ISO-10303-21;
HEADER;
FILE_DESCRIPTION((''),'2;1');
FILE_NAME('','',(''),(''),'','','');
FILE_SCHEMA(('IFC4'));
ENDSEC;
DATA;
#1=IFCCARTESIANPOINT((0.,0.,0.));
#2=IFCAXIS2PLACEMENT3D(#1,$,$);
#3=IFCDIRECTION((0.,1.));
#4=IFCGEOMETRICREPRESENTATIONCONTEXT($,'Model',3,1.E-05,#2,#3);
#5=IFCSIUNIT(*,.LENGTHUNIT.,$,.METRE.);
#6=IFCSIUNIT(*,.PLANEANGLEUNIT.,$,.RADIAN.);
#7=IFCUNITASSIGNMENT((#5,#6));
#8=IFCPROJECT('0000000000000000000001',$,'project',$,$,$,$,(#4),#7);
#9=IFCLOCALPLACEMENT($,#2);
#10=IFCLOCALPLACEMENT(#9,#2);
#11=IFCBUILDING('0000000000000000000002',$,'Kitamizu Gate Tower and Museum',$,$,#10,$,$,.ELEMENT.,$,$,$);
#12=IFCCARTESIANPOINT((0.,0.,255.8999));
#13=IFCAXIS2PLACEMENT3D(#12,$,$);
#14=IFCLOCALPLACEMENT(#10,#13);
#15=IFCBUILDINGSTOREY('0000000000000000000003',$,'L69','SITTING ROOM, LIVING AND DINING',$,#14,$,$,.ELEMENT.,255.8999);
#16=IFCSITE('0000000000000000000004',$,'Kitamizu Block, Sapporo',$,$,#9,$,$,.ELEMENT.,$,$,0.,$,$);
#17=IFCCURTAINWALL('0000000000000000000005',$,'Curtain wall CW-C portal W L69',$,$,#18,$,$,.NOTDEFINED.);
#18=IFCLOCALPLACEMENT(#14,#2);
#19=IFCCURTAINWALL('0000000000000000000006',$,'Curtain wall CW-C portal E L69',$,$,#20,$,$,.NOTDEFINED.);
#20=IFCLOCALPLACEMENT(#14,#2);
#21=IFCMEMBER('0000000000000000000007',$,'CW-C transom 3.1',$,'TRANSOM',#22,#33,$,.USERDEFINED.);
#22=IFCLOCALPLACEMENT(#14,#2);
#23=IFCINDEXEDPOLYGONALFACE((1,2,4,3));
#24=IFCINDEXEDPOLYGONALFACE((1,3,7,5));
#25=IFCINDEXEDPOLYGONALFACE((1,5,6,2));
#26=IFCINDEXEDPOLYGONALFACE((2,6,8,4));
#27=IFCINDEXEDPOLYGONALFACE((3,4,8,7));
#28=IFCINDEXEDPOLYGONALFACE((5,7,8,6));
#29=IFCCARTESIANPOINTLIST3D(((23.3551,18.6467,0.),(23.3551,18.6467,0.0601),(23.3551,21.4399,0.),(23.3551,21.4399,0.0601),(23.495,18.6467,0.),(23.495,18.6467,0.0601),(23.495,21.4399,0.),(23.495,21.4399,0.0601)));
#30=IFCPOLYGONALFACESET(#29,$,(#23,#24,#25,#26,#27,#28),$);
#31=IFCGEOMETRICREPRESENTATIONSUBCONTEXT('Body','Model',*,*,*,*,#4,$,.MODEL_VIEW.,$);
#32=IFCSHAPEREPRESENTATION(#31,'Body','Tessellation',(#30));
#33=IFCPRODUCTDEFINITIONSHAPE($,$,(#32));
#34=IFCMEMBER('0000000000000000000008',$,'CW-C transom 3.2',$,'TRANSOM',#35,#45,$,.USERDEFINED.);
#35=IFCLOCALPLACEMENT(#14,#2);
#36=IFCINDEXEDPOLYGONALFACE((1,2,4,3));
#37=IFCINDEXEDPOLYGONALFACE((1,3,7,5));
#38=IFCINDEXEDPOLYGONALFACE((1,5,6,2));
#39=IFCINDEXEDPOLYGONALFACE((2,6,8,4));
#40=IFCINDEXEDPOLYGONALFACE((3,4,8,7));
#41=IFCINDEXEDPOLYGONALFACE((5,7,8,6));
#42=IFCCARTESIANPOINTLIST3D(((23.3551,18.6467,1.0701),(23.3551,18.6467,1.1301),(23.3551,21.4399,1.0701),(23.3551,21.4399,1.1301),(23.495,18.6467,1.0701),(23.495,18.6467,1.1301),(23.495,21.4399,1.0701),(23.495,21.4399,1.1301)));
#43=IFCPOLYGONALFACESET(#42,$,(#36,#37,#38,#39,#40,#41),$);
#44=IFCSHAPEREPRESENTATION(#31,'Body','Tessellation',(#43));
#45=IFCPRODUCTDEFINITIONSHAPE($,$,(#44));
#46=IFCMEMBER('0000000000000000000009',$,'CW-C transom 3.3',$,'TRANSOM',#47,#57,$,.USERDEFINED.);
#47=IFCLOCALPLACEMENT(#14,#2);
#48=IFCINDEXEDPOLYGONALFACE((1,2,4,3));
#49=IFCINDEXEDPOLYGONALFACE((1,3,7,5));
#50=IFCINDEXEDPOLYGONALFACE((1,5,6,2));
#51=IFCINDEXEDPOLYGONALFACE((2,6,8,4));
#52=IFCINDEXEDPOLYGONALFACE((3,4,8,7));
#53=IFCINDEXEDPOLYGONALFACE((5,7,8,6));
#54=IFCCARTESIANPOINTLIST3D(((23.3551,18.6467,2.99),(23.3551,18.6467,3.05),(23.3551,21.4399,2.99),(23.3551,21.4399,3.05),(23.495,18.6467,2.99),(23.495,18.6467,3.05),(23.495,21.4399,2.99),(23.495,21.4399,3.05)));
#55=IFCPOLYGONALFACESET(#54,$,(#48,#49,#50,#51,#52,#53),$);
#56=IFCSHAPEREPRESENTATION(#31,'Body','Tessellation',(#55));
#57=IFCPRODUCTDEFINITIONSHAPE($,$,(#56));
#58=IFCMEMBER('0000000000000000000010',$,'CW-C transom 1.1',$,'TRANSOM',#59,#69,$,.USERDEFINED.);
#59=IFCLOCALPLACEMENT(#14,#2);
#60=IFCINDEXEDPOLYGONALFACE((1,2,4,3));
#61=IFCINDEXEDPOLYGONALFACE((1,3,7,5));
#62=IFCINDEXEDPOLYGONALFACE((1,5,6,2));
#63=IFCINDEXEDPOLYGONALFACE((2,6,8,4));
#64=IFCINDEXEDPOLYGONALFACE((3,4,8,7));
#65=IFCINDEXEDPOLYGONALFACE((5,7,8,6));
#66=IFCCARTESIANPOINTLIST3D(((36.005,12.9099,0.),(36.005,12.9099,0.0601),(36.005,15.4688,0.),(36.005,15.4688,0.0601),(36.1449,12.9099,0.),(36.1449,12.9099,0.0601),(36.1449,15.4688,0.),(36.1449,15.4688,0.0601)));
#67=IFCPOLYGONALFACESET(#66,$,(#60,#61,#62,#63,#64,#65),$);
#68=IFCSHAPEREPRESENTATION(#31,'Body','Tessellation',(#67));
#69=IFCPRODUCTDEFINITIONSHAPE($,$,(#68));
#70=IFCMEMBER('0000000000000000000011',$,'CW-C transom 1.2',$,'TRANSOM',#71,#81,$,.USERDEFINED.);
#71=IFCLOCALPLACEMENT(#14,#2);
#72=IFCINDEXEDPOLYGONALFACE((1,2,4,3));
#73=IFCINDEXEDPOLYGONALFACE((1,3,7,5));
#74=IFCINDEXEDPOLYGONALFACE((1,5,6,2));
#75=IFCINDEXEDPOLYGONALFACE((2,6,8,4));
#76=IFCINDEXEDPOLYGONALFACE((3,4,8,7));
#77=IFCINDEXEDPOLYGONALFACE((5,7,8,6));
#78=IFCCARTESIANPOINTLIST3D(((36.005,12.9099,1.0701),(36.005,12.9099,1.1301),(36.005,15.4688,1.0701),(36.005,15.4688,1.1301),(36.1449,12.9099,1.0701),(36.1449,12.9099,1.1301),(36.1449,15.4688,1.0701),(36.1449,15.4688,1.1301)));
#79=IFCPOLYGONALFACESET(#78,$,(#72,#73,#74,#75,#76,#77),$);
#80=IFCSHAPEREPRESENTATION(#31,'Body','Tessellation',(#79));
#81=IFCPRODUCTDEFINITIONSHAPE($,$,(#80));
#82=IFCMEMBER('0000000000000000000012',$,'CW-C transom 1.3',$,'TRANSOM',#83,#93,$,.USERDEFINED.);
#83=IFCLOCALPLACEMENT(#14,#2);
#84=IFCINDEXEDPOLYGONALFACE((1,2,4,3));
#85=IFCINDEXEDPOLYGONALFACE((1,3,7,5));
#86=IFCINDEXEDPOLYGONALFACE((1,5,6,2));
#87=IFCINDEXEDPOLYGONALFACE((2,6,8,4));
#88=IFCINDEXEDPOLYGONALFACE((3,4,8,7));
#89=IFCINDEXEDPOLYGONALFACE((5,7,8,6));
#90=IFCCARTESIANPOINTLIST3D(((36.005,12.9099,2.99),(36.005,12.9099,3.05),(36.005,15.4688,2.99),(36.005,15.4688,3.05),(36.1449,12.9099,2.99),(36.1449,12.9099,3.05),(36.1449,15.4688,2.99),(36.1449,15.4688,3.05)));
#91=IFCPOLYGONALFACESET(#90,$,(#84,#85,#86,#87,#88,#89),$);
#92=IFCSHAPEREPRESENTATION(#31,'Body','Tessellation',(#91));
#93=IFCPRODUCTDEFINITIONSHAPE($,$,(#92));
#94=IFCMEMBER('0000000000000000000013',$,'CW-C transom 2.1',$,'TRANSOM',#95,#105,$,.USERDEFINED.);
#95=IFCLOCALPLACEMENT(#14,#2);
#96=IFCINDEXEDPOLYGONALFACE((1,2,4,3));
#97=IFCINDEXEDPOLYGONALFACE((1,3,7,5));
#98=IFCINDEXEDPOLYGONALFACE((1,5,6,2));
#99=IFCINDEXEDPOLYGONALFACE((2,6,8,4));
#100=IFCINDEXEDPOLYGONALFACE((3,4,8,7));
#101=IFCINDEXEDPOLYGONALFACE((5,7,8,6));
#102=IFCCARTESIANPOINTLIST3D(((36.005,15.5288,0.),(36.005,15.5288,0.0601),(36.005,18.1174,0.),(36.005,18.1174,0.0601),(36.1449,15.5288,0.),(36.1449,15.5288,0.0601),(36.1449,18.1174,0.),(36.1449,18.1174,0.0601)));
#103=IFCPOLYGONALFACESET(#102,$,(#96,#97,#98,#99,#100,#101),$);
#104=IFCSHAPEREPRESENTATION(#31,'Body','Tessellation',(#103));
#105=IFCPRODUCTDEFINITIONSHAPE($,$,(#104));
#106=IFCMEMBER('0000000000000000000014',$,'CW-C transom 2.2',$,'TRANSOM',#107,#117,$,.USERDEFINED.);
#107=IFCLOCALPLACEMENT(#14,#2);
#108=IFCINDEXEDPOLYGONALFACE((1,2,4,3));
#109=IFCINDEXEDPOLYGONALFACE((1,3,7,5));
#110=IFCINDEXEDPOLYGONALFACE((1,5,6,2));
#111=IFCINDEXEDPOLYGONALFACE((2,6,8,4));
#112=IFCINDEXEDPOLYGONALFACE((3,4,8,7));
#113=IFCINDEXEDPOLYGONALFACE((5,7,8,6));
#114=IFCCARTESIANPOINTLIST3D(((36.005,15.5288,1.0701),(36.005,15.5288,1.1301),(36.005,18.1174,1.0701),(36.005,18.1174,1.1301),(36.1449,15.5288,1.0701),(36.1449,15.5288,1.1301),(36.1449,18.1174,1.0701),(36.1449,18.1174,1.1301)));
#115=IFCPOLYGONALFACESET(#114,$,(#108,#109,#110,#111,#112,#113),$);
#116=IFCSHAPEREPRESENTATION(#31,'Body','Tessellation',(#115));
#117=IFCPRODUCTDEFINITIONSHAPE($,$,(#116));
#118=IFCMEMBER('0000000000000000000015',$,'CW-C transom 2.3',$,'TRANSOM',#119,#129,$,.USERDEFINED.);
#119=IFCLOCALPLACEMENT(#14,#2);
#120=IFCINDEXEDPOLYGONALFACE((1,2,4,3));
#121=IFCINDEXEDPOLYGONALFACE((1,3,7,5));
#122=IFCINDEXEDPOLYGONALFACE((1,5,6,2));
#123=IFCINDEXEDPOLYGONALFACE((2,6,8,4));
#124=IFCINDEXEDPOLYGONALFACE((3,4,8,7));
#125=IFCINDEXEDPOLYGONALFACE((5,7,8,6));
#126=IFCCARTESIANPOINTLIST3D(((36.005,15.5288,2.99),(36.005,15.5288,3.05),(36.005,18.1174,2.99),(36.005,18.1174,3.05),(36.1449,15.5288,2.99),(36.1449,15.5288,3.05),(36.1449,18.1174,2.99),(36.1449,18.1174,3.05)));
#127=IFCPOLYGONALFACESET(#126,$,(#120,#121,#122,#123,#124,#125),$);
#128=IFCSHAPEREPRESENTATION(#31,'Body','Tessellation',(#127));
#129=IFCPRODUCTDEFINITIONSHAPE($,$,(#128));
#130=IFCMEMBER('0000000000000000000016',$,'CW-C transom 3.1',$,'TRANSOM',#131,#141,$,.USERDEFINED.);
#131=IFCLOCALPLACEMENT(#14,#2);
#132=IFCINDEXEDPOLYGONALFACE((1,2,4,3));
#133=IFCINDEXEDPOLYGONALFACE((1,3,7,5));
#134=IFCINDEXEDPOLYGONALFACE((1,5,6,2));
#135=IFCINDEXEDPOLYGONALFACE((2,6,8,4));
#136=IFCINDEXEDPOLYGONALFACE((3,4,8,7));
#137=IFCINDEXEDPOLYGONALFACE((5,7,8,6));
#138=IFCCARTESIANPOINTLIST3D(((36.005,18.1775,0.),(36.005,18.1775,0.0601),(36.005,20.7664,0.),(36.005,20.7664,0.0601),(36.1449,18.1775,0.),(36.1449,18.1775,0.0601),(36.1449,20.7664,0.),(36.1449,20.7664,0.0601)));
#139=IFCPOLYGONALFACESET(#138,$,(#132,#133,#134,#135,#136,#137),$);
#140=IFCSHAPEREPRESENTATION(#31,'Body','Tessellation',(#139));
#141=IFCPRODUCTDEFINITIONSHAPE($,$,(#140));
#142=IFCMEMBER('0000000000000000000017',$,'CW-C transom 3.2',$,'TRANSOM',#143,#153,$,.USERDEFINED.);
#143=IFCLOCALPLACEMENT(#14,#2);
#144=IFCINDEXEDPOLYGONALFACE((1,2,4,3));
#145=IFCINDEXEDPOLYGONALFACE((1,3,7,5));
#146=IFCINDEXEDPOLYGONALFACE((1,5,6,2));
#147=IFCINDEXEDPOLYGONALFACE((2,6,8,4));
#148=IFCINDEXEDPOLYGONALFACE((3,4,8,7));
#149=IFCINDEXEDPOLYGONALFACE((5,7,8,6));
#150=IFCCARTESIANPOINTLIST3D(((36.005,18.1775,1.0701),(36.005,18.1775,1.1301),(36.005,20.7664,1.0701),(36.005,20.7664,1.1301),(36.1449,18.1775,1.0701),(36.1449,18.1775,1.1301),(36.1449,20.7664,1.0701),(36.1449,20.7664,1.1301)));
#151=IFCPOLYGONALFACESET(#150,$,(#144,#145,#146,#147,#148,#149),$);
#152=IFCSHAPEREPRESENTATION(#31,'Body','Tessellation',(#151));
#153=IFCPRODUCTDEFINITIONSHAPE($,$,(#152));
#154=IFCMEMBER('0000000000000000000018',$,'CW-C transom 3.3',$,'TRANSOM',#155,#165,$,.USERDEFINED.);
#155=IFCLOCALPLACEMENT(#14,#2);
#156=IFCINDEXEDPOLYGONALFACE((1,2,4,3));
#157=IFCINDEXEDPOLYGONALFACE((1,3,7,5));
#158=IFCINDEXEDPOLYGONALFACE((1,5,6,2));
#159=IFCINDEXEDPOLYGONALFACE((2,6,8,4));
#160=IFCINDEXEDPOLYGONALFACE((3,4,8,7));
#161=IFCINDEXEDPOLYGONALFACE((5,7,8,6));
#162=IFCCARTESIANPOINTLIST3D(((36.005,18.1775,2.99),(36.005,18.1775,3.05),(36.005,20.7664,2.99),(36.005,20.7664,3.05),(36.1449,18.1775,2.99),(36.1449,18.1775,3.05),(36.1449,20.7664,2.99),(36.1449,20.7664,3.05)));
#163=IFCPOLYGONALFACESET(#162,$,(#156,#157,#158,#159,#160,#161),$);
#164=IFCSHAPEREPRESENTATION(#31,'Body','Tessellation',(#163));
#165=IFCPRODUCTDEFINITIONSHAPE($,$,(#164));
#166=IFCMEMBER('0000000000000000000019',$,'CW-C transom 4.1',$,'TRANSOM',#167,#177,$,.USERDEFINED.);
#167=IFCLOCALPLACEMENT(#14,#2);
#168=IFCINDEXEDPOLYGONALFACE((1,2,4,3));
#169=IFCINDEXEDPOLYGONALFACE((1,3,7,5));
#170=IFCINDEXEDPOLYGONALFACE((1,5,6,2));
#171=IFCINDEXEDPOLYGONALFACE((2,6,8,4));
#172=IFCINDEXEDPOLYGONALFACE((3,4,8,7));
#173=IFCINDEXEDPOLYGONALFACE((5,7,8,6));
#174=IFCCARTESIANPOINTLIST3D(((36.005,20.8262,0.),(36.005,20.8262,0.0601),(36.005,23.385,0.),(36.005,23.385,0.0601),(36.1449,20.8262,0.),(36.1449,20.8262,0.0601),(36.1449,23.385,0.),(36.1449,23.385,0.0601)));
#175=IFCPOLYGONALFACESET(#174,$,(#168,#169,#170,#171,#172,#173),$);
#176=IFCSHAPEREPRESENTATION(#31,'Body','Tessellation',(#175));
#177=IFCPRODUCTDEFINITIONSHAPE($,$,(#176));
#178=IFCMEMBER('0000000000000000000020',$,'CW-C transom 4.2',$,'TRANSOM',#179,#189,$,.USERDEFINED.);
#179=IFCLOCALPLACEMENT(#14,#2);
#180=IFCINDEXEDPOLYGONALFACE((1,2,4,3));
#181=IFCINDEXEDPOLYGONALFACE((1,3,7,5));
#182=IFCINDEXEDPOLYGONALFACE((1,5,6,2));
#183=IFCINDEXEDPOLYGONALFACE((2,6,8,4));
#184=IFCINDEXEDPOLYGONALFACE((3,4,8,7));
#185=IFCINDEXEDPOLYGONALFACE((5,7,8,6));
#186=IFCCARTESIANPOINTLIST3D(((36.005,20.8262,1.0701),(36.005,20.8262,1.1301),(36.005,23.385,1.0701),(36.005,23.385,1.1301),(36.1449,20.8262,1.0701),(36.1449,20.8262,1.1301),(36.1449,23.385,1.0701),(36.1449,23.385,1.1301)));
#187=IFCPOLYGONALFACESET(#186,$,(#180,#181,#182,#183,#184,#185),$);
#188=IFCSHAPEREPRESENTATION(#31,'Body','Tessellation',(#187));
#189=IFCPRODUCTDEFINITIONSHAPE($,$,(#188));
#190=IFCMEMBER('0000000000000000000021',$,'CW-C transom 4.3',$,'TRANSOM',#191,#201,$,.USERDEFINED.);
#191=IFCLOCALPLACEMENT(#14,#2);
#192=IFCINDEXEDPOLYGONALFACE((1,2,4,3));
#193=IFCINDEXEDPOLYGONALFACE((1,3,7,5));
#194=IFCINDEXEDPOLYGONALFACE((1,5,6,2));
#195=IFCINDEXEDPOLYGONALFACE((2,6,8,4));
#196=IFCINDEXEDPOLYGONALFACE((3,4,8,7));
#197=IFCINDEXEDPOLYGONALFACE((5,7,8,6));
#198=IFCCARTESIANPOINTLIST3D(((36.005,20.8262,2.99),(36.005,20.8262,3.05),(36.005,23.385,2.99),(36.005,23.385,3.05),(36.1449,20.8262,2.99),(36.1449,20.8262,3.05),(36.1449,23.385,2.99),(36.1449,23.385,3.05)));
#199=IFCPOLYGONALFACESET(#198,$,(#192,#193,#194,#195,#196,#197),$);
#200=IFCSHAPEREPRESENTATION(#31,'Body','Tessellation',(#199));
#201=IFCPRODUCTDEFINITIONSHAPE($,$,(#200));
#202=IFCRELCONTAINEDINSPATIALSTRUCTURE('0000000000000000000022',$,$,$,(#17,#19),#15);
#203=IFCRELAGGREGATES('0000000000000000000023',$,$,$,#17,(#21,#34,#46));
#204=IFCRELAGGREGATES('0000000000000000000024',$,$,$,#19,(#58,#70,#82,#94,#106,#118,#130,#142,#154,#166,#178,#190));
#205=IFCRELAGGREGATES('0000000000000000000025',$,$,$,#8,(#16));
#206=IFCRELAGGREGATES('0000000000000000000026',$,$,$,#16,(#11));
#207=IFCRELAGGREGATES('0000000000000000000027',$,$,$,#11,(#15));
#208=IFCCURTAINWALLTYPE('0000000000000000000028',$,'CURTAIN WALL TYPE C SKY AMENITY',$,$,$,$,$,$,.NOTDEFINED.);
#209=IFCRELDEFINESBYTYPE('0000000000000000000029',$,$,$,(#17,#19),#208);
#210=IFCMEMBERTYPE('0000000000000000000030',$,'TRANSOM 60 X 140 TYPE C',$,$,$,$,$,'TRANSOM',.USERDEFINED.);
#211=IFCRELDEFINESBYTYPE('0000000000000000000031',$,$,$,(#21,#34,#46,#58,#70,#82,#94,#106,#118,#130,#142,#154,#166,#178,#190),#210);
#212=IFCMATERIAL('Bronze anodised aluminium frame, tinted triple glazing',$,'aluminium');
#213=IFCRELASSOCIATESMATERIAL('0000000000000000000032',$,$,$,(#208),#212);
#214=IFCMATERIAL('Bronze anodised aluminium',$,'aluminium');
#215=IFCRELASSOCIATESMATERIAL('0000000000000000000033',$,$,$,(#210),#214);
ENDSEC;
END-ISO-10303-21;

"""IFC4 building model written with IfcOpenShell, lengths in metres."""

from ifc_helpers import new_model, si_unit, direction, frame, origin, origin_2d, place, context, subcontext, project, spatial, rectangle, extrude, material, material_profile, profile_set, type_object, element, aggregate, save


model = new_model("IFC4")

# Units and contexts
model_context = context("Model", 3, precision=1e-05, world=origin(), true_north=direction((0.0, 1.0)))
body_context = subcontext(model_context, "Body", "Model", "MODEL_VIEW")
ifc_project = project(units=[si_unit("LENGTHUNIT", "METRE"), si_unit("PLANEANGLEUNIT", "RADIAN")], contexts=[model_context])

# Site, building, storey
site_placement = place(None, origin())
site = spatial("IfcSite", under=ifc_project, at=site_placement, Name="Kitamizu Block, Sapporo", CompositionType="ELEMENT", RefElevation=0.0)
building_placement = place(site_placement, origin())
building = spatial("IfcBuilding", under=site, at=building_placement, Name="Kitamizu Gate Tower and Museum", CompositionType="ELEMENT")
storey_placement = place(building_placement, frame((0.0, 0.0, 255.8999)))
storey = spatial("IfcBuildingStorey", under=building, at=storey_placement, Name="L69", Description="SITTING ROOM, LIVING AND DINING", CompositionType="ELEMENT", Elevation=255.8999)

# Curtain wall
ifc_material_1 = material(Name="Bronze anodised aluminium frame, tinted triple glazing", Category="aluminium")
curtain_wall_type = type_object("IfcCurtainWallType", Name="CURTAIN WALL TYPE C SKY AMENITY", PredefinedType="NOTDEFINED", material=ifc_material_1)
curtain_wall_1_placement = place(storey_placement, origin())
curtain_wall_1 = element("IfcCurtainWall", 1, at=curtain_wall_1_placement, inside=storey, type_object=curtain_wall_type, Name="Curtain wall CW-C portal W L69", PredefinedType="NOTDEFINED")

# Curtain wall
curtain_wall_2_placement = place(storey_placement, origin())
curtain_wall_2 = element("IfcCurtainWall", 2, at=curtain_wall_2_placement, inside=storey, type_object=curtain_wall_type, Name="Curtain wall CW-C portal E L69", PredefinedType="NOTDEFINED")

# Members
ifc_material_2 = material(Name="Bronze anodised aluminium", Category="aluminium")
ifc_material_profile_1 = material_profile(ifc_material_2, rectangle(XDim=0.1399, YDim=0.0601, at=origin_2d()), Name="AL 60X140")
ifc_profile_set_1 = profile_set([ifc_material_profile_1], Name="Bronze anodised aluminium")
member_type_1 = type_object("IfcMemberType", Name="TRANSOM 60 X 140 TYPE C", ElementType="TRANSOM", PredefinedType="USERDEFINED", material=ifc_profile_set_1)
member_1_placement = place(storey_placement, frame((23.425, 18.6467, 0.03), z_axis=(0.0, 1.0, 0.0), x_axis=(-1.0, 0.0, 0.0)))
member_1 = element("IfcMember", 3, at=member_1_placement, type_object=member_type_1, Name="CW-C transom 3.1", ObjectType="TRANSOM", PredefinedType="USERDEFINED", context=body_context, shape_type="SweptSolid", body=[
    extrude(rectangle(XDim=0.1399, YDim=0.0601, at=origin_2d()), origin(), (0.0, 0.0, 1.0), 2.7932),
])
member_2_placement = place(storey_placement, frame((23.425, 18.6467, 1.1001), z_axis=(0.0, 1.0, 0.0), x_axis=(-1.0, 0.0, 0.0)))
member_2 = element("IfcMember", 4, at=member_2_placement, type_object=member_type_1, Name="CW-C transom 3.2", ObjectType="TRANSOM", PredefinedType="USERDEFINED", context=body_context, shape_type="SweptSolid", body=[
    extrude(rectangle(XDim=0.1399, YDim=0.0601, at=origin_2d()), origin(), (0.0, 0.0, 1.0), 2.7932),
])
member_3_placement = place(storey_placement, frame((23.425, 18.6467, 3.02), z_axis=(0.0, 1.0, 0.0), x_axis=(-1.0, 0.0, 0.0)))
member_3 = element("IfcMember", 5, at=member_3_placement, type_object=member_type_1, Name="CW-C transom 3.3", ObjectType="TRANSOM", PredefinedType="USERDEFINED", context=body_context, shape_type="SweptSolid", body=[
    extrude(rectangle(XDim=0.1399, YDim=0.0601, at=origin_2d()), origin(), (0.0, 0.0, 1.0), 2.7932),
])
member_4_placement = place(storey_placement, frame((36.075, 12.9099, 0.03), z_axis=(0.0, 1.0, 0.0), x_axis=(-1.0, 0.0, 0.0)))
member_4 = element("IfcMember", 6, at=member_4_placement, type_object=member_type_1, Name="CW-C transom 1.1", ObjectType="TRANSOM", PredefinedType="USERDEFINED", context=body_context, shape_type="SweptSolid", body=[
    extrude(rectangle(XDim=0.1399, YDim=0.0601, at=origin_2d()), origin(), (0.0, 0.0, 1.0), 2.5588),
])
member_5_placement = place(storey_placement, frame((36.075, 12.9099, 1.1001), z_axis=(0.0, 1.0, 0.0), x_axis=(-1.0, 0.0, 0.0)))
member_5 = element("IfcMember", 7, at=member_5_placement, type_object=member_type_1, Name="CW-C transom 1.2", ObjectType="TRANSOM", PredefinedType="USERDEFINED", context=body_context, shape_type="SweptSolid", body=[
    extrude(rectangle(XDim=0.1399, YDim=0.0601, at=origin_2d()), origin(), (0.0, 0.0, 1.0), 2.5588),
])
member_6_placement = place(storey_placement, frame((36.075, 12.9099, 3.02), z_axis=(0.0, 1.0, 0.0), x_axis=(-1.0, 0.0, 0.0)))
member_6 = element("IfcMember", 8, at=member_6_placement, type_object=member_type_1, Name="CW-C transom 1.3", ObjectType="TRANSOM", PredefinedType="USERDEFINED", context=body_context, shape_type="SweptSolid", body=[
    extrude(rectangle(XDim=0.1399, YDim=0.0601, at=origin_2d()), origin(), (0.0, 0.0, 1.0), 2.5588),
])
member_7_placement = place(storey_placement, frame((36.075, 15.5288, 0.03), z_axis=(0.0, 1.0, 0.0), x_axis=(-1.0, 0.0, 0.0)))
member_7 = element("IfcMember", 9, at=member_7_placement, type_object=member_type_1, Name="CW-C transom 2.1", ObjectType="TRANSOM", PredefinedType="USERDEFINED", context=body_context, shape_type="SweptSolid", body=[
    extrude(rectangle(XDim=0.1399, YDim=0.0601, at=origin_2d()), origin(), (0.0, 0.0, 1.0), 2.5886),
])
member_8_placement = place(storey_placement, frame((36.075, 15.5288, 1.1001), z_axis=(0.0, 1.0, 0.0), x_axis=(-1.0, 0.0, 0.0)))
member_8 = element("IfcMember", 10, at=member_8_placement, type_object=member_type_1, Name="CW-C transom 2.2", ObjectType="TRANSOM", PredefinedType="USERDEFINED", context=body_context, shape_type="SweptSolid", body=[
    extrude(rectangle(XDim=0.1399, YDim=0.0601, at=origin_2d()), origin(), (0.0, 0.0, 1.0), 2.5886),
])
member_9_placement = place(storey_placement, frame((36.075, 15.5288, 3.02), z_axis=(0.0, 1.0, 0.0), x_axis=(-1.0, 0.0, 0.0)))
member_9 = element("IfcMember", 11, at=member_9_placement, type_object=member_type_1, Name="CW-C transom 2.3", ObjectType="TRANSOM", PredefinedType="USERDEFINED", context=body_context, shape_type="SweptSolid", body=[
    extrude(rectangle(XDim=0.1399, YDim=0.0601, at=origin_2d()), origin(), (0.0, 0.0, 1.0), 2.5886),
])
member_10_placement = place(storey_placement, frame((36.075, 18.1775, 0.03), z_axis=(0.0, 1.0, 0.0), x_axis=(-1.0, 0.0, 0.0)))
member_10 = element("IfcMember", 12, at=member_10_placement, type_object=member_type_1, Name="CW-C transom 3.1", ObjectType="TRANSOM", PredefinedType="USERDEFINED", context=body_context, shape_type="SweptSolid", body=[
    extrude(rectangle(XDim=0.1399, YDim=0.0601, at=origin_2d()), origin(), (0.0, 0.0, 1.0), 2.5889),
])
member_11_placement = place(storey_placement, frame((36.075, 18.1775, 1.1001), z_axis=(0.0, 1.0, 0.0), x_axis=(-1.0, 0.0, 0.0)))
member_11 = element("IfcMember", 13, at=member_11_placement, type_object=member_type_1, Name="CW-C transom 3.2", ObjectType="TRANSOM", PredefinedType="USERDEFINED", context=body_context, shape_type="SweptSolid", body=[
    extrude(rectangle(XDim=0.1399, YDim=0.0601, at=origin_2d()), origin(), (0.0, 0.0, 1.0), 2.5889),
])
member_12_placement = place(storey_placement, frame((36.075, 18.1775, 3.02), z_axis=(0.0, 1.0, 0.0), x_axis=(-1.0, 0.0, 0.0)))
member_12 = element("IfcMember", 14, at=member_12_placement, type_object=member_type_1, Name="CW-C transom 3.3", ObjectType="TRANSOM", PredefinedType="USERDEFINED", context=body_context, shape_type="SweptSolid", body=[
    extrude(rectangle(XDim=0.1399, YDim=0.0601, at=origin_2d()), origin(), (0.0, 0.0, 1.0), 2.5889),
])
member_13_placement = place(storey_placement, frame((36.075, 20.8262, 0.03), z_axis=(0.0, 1.0, 0.0), x_axis=(-1.0, 0.0, 0.0)))
member_13 = element("IfcMember", 15, at=member_13_placement, type_object=member_type_1, Name="CW-C transom 4.1", ObjectType="TRANSOM", PredefinedType="USERDEFINED", context=body_context, shape_type="SweptSolid", body=[
    extrude(rectangle(XDim=0.1399, YDim=0.0601, at=origin_2d()), origin(), (0.0, 0.0, 1.0), 2.5588),
])
member_14_placement = place(storey_placement, frame((36.075, 20.8262, 1.1001), z_axis=(0.0, 1.0, 0.0), x_axis=(-1.0, 0.0, 0.0)))
member_14 = element("IfcMember", 16, at=member_14_placement, type_object=member_type_1, Name="CW-C transom 4.2", ObjectType="TRANSOM", PredefinedType="USERDEFINED", context=body_context, shape_type="SweptSolid", body=[
    extrude(rectangle(XDim=0.1399, YDim=0.0601, at=origin_2d()), origin(), (0.0, 0.0, 1.0), 2.5588),
])
member_15_placement = place(storey_placement, frame((36.075, 20.8262, 3.02), z_axis=(0.0, 1.0, 0.0), x_axis=(-1.0, 0.0, 0.0)))
member_15 = element("IfcMember", 17, at=member_15_placement, type_object=member_type_1, Name="CW-C transom 4.3", ObjectType="TRANSOM", PredefinedType="USERDEFINED", context=body_context, shape_type="SweptSolid", body=[
    extrude(rectangle(XDim=0.1399, YDim=0.0601, at=origin_2d()), origin(), (0.0, 0.0, 1.0), 2.5588),
])

aggregate(curtain_wall_1, [member_1, member_2, member_3])
aggregate(curtain_wall_2, [member_4, member_5, member_6, member_7, member_8, member_9, member_10, member_11, member_12, member_13, member_14, member_15])

save(model, "model.ifc")
